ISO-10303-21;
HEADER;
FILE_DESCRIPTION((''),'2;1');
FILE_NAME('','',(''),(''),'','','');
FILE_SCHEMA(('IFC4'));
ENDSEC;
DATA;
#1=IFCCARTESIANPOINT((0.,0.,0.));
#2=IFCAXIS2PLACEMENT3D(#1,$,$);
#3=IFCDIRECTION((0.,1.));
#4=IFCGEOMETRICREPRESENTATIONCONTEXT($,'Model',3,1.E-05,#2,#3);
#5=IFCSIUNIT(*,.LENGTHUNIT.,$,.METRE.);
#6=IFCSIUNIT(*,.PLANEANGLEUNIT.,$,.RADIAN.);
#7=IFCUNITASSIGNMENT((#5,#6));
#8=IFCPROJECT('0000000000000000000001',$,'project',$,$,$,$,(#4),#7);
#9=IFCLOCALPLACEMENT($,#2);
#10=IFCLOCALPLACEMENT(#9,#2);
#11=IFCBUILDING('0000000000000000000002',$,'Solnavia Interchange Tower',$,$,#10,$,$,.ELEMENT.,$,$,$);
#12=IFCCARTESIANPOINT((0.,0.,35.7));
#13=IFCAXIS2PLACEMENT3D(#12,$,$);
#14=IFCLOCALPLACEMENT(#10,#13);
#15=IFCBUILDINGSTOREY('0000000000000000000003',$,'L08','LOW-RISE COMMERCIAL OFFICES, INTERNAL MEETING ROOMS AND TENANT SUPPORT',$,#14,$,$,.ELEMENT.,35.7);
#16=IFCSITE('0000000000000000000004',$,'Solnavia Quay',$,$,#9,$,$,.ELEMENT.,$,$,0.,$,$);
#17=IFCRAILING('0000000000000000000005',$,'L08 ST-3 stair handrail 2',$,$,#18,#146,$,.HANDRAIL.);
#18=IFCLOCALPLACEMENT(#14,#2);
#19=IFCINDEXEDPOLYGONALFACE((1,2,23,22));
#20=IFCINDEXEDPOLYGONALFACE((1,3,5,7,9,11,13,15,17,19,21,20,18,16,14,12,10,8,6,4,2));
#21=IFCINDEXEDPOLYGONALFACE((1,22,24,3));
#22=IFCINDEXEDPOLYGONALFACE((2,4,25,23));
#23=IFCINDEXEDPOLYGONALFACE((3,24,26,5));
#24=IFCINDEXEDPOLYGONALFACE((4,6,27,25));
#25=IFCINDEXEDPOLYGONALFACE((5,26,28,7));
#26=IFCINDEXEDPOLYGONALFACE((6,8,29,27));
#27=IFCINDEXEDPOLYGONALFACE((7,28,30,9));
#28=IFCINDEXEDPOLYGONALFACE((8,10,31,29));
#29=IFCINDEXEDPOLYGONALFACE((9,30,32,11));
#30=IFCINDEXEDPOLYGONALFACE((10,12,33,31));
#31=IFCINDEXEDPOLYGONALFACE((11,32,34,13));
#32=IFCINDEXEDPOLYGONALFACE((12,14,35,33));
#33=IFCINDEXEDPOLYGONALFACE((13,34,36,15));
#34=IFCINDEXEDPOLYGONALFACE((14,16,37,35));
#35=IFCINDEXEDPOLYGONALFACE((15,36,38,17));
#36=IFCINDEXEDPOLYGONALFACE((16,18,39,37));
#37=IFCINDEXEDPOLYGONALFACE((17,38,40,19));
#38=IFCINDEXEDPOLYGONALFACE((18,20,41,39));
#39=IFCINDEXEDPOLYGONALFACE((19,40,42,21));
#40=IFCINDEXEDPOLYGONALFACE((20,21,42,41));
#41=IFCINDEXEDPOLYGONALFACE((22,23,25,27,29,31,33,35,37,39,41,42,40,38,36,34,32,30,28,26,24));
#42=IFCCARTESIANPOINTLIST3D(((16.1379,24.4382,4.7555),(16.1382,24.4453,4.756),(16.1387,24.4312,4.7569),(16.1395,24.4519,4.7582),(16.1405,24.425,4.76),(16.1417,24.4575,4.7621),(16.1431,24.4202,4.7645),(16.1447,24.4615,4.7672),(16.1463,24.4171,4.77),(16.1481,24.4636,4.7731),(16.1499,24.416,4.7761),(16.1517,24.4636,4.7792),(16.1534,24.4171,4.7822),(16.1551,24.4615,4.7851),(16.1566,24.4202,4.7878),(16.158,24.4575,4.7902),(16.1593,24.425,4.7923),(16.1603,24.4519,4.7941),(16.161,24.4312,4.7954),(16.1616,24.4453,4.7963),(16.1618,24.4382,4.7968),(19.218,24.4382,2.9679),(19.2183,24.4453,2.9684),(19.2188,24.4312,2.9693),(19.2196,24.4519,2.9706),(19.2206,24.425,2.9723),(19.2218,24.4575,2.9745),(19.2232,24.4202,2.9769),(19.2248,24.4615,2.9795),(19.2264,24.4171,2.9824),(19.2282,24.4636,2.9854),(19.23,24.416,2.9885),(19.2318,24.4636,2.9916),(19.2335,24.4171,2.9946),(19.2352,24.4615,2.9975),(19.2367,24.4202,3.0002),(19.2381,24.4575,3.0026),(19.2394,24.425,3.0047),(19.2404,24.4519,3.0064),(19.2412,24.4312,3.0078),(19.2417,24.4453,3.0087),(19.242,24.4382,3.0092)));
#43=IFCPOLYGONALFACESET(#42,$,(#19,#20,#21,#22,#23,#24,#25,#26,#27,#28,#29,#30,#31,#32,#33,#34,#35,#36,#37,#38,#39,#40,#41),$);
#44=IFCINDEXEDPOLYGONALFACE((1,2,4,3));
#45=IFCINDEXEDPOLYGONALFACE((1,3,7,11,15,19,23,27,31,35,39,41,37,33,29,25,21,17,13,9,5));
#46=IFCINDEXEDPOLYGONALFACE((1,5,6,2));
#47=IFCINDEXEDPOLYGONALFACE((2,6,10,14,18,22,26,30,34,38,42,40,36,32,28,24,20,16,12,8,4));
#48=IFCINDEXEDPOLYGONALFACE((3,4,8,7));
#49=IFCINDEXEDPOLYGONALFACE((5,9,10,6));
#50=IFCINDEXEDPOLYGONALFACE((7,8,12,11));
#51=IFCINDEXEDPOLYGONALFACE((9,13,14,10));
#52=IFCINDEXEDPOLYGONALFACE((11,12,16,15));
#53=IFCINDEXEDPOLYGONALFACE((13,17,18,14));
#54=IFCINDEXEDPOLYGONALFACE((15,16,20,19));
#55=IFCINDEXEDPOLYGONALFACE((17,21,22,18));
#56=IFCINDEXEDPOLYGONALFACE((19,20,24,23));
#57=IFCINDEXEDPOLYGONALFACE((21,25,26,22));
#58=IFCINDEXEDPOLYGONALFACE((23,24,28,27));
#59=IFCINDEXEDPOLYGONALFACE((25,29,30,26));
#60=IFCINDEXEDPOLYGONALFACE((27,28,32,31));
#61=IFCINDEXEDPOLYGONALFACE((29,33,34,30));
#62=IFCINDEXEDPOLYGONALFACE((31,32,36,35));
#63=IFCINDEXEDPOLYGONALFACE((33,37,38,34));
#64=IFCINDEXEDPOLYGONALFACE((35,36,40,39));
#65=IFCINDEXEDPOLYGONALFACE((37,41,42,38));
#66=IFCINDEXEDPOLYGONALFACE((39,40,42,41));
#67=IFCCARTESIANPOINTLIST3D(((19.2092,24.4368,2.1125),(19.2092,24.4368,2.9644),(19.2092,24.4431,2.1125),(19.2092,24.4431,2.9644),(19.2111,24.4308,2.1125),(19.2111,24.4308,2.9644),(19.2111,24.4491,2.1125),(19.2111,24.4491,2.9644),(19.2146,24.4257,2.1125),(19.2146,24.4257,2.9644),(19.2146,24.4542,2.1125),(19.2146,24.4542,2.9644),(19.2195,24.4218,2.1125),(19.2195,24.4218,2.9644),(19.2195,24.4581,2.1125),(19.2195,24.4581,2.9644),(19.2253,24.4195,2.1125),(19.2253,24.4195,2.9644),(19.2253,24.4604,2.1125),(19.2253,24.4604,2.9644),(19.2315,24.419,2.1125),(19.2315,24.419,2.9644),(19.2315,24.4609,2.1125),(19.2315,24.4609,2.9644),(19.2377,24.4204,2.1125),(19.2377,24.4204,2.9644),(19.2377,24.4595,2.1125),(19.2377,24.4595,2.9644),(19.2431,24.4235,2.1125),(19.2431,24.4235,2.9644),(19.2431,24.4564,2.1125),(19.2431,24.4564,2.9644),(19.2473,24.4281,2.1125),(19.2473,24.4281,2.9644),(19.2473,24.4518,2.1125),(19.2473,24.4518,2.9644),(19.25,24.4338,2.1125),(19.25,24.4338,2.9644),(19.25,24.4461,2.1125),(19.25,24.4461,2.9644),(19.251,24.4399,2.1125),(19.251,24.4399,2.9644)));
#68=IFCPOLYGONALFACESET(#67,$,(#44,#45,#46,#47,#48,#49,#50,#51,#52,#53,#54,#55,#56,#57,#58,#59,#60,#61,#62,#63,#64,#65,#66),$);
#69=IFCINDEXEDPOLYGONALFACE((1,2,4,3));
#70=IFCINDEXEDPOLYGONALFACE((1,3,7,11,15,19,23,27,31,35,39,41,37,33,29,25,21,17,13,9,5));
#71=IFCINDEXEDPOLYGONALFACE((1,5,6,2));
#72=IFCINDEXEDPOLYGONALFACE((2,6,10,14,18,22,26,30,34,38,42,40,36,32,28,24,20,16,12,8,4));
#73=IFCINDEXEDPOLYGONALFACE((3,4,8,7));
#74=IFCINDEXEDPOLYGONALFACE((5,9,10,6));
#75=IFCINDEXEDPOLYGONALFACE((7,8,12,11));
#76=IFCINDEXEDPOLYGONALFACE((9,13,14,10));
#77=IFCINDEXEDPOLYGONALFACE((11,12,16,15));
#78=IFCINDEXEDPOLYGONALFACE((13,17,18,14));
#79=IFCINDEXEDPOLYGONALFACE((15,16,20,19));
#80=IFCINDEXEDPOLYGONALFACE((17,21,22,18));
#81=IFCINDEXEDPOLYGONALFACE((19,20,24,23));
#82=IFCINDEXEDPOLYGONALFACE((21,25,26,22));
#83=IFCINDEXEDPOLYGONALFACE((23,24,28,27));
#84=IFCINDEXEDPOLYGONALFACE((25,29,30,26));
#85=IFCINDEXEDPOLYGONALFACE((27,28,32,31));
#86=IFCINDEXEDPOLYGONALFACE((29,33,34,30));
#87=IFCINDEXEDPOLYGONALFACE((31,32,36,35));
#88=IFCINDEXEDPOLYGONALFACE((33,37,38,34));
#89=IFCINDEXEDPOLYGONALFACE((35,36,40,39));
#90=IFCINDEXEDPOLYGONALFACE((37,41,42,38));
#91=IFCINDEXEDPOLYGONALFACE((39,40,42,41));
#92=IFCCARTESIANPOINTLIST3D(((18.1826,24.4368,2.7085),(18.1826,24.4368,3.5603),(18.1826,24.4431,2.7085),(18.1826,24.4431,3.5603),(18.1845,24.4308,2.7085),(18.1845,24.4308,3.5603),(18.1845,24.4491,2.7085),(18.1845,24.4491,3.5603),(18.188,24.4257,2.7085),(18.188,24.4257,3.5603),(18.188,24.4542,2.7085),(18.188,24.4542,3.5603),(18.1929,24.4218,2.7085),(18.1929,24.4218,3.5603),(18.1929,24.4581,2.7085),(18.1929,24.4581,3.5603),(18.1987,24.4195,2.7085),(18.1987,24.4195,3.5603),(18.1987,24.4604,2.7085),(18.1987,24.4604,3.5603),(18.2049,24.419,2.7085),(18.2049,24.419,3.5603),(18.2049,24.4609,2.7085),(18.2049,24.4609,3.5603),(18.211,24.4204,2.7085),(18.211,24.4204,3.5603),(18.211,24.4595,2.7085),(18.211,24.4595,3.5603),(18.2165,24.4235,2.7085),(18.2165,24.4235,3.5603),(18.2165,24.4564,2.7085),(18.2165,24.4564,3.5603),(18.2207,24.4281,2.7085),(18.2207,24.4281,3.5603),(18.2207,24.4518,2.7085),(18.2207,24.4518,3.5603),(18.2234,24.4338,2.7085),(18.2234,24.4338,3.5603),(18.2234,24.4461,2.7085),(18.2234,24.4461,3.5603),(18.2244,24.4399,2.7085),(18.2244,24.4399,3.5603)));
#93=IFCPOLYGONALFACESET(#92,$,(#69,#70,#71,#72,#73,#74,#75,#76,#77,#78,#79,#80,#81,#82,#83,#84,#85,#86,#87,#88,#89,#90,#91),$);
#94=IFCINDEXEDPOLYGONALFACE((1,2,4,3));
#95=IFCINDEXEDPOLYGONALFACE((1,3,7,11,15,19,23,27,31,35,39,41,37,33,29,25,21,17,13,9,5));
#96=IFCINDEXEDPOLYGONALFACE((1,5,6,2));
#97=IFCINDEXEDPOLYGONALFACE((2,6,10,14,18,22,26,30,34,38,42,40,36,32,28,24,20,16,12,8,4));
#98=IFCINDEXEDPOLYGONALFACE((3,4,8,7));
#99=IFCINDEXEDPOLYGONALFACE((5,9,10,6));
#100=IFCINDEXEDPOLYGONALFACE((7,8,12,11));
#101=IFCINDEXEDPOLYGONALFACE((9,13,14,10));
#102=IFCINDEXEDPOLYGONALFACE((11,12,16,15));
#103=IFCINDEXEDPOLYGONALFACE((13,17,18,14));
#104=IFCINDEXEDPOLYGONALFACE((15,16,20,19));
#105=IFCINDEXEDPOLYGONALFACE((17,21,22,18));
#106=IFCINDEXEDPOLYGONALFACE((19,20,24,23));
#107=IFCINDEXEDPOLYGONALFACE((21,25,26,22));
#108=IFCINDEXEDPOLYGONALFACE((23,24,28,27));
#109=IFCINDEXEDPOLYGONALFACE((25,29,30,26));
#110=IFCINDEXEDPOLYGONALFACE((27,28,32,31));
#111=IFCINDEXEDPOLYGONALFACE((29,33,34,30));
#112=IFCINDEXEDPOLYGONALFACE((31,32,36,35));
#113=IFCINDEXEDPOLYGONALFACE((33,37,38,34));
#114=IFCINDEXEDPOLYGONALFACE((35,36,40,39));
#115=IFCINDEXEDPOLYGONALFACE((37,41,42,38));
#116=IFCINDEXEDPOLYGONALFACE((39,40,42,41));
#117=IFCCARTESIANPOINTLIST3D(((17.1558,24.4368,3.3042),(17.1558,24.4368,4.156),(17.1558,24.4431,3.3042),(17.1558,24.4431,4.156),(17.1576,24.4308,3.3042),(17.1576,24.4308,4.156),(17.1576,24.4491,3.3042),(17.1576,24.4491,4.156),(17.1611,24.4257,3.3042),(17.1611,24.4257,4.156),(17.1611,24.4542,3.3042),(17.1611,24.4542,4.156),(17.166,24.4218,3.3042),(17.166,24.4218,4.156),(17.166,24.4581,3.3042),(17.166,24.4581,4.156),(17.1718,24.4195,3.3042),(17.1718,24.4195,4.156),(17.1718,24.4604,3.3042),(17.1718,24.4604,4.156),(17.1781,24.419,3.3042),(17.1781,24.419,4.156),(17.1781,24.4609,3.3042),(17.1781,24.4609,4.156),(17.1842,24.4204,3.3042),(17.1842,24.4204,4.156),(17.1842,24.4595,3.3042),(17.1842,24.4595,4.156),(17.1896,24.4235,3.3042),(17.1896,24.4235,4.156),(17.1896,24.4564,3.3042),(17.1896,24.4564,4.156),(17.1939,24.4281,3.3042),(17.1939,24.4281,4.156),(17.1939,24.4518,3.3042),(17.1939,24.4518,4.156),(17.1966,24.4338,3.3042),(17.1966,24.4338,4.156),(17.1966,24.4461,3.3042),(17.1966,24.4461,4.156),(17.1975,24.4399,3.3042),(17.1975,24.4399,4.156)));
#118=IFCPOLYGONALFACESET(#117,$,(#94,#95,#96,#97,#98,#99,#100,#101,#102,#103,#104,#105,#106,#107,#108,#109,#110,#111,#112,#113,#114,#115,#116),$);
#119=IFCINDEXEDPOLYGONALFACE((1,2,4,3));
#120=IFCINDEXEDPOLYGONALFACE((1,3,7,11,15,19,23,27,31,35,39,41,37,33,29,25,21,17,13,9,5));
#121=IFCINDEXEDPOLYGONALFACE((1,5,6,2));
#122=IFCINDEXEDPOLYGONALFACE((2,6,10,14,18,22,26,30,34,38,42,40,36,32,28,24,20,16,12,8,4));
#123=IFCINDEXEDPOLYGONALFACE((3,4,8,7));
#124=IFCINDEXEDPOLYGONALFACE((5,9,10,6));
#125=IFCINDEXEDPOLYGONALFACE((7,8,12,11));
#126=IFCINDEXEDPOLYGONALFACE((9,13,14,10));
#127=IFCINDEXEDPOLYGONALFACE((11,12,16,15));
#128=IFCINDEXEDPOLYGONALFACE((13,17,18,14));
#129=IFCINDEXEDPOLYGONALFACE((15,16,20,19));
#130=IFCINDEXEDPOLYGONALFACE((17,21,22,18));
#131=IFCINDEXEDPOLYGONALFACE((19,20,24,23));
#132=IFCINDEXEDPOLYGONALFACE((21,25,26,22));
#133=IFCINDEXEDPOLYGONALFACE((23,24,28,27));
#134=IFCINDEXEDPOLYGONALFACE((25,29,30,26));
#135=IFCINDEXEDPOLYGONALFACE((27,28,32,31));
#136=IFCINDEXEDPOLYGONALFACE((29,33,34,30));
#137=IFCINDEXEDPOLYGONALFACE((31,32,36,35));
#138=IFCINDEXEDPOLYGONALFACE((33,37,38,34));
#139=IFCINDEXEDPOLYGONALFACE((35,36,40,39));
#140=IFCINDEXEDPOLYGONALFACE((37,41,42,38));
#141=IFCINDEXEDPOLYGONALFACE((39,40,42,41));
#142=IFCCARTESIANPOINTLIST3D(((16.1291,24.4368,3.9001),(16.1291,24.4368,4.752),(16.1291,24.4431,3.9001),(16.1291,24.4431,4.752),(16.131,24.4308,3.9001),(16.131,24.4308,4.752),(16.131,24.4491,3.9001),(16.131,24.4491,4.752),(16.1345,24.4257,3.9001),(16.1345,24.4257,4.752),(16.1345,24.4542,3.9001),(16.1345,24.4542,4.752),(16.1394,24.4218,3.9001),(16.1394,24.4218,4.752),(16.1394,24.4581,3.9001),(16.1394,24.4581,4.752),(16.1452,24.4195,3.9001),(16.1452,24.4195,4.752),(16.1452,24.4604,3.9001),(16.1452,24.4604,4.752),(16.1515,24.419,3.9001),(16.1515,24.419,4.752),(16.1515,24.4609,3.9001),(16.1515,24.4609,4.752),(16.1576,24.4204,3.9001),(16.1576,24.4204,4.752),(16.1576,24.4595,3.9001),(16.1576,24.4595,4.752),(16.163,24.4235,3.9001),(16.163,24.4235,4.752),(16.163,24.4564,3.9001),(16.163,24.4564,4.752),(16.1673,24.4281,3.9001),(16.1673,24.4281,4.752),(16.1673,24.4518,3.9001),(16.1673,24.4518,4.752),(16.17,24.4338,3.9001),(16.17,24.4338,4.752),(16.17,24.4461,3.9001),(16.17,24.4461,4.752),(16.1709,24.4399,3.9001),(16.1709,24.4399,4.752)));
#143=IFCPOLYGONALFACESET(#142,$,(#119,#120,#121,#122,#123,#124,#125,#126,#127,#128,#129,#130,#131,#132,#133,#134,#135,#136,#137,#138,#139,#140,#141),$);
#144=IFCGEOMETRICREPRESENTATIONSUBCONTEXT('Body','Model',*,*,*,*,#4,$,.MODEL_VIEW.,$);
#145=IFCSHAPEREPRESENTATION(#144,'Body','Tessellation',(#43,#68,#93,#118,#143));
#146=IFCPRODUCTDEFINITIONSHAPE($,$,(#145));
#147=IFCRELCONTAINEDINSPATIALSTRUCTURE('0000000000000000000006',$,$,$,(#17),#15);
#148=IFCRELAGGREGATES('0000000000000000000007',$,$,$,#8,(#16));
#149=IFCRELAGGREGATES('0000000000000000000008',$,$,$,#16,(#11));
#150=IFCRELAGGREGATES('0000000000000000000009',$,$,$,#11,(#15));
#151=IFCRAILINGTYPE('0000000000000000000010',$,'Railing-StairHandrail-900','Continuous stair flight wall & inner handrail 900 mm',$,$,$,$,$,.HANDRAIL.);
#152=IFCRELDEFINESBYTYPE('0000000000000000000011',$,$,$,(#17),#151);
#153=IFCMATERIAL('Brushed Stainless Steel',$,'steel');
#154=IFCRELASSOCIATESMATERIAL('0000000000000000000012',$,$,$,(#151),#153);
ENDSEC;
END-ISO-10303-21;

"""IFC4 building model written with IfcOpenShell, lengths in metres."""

from ifc_helpers import new_model, si_unit, direction, frame, origin, origin_2d, place, context, subcontext, project, spatial, circle, extrude, material, type_object, element, save


model = new_model("IFC4")

# Units and contexts
model_context = context("Model", 3, precision=1e-05, world=origin(), true_north=direction((0.0, 1.0)))
body_context = subcontext(model_context, "Body", "Model", "MODEL_VIEW")
ifc_project = project(units=[si_unit("LENGTHUNIT", "METRE"), si_unit("PLANEANGLEUNIT", "RADIAN")], contexts=[model_context])

# Site, building, storey
site_placement = place(None, origin())
site = spatial("IfcSite", under=ifc_project, at=site_placement, Name="Solnavia Quay", CompositionType="ELEMENT", RefElevation=0.0)
building_placement = place(site_placement, origin())
building = spatial("IfcBuilding", under=site, at=building_placement, Name="Solnavia Interchange Tower", CompositionType="ELEMENT")
storey_placement = place(building_placement, frame((0.0, 0.0, 35.7)))
storey = spatial("IfcBuildingStorey", under=building, at=storey_placement, Name="L08", Description="LOW-RISE COMMERCIAL OFFICES, INTERNAL MEETING ROOMS AND TENANT SUPPORT", CompositionType="ELEMENT", Elevation=35.7)

# Railing
ifc_material_1 = material(Name="Brushed Stainless Steel", Category="steel")
railing_type_1 = type_object("IfcRailingType", Name="Railing-StairHandrail-900", Description="Continuous stair flight wall & inner handrail 900 mm", PredefinedType="HANDRAIL", material=ifc_material_1)
railing_1_placement = place(storey_placement, frame((19.23, 24.4399, 2.1125)))
element("IfcRailing", 1, at=railing_1_placement, inside=storey, type_object=railing_type_1, Name="L08 ST-3 stair handrail 2", PredefinedType="HANDRAIL", context=body_context, shape_type="SweptSolid", body=[
    extrude(circle(Radius=0.0239, at=origin_2d()), frame((0.0, 0.0, 0.876), z_axis=(-0.864891, 0.0, 0.50196), x_axis=(0.0, -1.0, 0.0)), (0.0, 0.0, 1.0), 3.5613),
    extrude(circle(Radius=0.021, at=origin_2d()), origin(), (0.0, 0.0, 1.0), 0.8518),
    extrude(circle(Radius=0.021, at=origin_2d()), frame((-1.0266, 0.0, 0.5959)), (0.0, 0.0, 1.0), 0.8518),
    extrude(circle(Radius=0.021, at=origin_2d()), frame((-2.0535, 0.0, 1.1917)), (0.0, 0.0, 1.0), 0.8518),
    extrude(circle(Radius=0.021, at=origin_2d()), frame((-3.0801, 0.0, 1.7876)), (0.0, 0.0, 1.0), 0.8518),
])

save(model, "model.ifc")
